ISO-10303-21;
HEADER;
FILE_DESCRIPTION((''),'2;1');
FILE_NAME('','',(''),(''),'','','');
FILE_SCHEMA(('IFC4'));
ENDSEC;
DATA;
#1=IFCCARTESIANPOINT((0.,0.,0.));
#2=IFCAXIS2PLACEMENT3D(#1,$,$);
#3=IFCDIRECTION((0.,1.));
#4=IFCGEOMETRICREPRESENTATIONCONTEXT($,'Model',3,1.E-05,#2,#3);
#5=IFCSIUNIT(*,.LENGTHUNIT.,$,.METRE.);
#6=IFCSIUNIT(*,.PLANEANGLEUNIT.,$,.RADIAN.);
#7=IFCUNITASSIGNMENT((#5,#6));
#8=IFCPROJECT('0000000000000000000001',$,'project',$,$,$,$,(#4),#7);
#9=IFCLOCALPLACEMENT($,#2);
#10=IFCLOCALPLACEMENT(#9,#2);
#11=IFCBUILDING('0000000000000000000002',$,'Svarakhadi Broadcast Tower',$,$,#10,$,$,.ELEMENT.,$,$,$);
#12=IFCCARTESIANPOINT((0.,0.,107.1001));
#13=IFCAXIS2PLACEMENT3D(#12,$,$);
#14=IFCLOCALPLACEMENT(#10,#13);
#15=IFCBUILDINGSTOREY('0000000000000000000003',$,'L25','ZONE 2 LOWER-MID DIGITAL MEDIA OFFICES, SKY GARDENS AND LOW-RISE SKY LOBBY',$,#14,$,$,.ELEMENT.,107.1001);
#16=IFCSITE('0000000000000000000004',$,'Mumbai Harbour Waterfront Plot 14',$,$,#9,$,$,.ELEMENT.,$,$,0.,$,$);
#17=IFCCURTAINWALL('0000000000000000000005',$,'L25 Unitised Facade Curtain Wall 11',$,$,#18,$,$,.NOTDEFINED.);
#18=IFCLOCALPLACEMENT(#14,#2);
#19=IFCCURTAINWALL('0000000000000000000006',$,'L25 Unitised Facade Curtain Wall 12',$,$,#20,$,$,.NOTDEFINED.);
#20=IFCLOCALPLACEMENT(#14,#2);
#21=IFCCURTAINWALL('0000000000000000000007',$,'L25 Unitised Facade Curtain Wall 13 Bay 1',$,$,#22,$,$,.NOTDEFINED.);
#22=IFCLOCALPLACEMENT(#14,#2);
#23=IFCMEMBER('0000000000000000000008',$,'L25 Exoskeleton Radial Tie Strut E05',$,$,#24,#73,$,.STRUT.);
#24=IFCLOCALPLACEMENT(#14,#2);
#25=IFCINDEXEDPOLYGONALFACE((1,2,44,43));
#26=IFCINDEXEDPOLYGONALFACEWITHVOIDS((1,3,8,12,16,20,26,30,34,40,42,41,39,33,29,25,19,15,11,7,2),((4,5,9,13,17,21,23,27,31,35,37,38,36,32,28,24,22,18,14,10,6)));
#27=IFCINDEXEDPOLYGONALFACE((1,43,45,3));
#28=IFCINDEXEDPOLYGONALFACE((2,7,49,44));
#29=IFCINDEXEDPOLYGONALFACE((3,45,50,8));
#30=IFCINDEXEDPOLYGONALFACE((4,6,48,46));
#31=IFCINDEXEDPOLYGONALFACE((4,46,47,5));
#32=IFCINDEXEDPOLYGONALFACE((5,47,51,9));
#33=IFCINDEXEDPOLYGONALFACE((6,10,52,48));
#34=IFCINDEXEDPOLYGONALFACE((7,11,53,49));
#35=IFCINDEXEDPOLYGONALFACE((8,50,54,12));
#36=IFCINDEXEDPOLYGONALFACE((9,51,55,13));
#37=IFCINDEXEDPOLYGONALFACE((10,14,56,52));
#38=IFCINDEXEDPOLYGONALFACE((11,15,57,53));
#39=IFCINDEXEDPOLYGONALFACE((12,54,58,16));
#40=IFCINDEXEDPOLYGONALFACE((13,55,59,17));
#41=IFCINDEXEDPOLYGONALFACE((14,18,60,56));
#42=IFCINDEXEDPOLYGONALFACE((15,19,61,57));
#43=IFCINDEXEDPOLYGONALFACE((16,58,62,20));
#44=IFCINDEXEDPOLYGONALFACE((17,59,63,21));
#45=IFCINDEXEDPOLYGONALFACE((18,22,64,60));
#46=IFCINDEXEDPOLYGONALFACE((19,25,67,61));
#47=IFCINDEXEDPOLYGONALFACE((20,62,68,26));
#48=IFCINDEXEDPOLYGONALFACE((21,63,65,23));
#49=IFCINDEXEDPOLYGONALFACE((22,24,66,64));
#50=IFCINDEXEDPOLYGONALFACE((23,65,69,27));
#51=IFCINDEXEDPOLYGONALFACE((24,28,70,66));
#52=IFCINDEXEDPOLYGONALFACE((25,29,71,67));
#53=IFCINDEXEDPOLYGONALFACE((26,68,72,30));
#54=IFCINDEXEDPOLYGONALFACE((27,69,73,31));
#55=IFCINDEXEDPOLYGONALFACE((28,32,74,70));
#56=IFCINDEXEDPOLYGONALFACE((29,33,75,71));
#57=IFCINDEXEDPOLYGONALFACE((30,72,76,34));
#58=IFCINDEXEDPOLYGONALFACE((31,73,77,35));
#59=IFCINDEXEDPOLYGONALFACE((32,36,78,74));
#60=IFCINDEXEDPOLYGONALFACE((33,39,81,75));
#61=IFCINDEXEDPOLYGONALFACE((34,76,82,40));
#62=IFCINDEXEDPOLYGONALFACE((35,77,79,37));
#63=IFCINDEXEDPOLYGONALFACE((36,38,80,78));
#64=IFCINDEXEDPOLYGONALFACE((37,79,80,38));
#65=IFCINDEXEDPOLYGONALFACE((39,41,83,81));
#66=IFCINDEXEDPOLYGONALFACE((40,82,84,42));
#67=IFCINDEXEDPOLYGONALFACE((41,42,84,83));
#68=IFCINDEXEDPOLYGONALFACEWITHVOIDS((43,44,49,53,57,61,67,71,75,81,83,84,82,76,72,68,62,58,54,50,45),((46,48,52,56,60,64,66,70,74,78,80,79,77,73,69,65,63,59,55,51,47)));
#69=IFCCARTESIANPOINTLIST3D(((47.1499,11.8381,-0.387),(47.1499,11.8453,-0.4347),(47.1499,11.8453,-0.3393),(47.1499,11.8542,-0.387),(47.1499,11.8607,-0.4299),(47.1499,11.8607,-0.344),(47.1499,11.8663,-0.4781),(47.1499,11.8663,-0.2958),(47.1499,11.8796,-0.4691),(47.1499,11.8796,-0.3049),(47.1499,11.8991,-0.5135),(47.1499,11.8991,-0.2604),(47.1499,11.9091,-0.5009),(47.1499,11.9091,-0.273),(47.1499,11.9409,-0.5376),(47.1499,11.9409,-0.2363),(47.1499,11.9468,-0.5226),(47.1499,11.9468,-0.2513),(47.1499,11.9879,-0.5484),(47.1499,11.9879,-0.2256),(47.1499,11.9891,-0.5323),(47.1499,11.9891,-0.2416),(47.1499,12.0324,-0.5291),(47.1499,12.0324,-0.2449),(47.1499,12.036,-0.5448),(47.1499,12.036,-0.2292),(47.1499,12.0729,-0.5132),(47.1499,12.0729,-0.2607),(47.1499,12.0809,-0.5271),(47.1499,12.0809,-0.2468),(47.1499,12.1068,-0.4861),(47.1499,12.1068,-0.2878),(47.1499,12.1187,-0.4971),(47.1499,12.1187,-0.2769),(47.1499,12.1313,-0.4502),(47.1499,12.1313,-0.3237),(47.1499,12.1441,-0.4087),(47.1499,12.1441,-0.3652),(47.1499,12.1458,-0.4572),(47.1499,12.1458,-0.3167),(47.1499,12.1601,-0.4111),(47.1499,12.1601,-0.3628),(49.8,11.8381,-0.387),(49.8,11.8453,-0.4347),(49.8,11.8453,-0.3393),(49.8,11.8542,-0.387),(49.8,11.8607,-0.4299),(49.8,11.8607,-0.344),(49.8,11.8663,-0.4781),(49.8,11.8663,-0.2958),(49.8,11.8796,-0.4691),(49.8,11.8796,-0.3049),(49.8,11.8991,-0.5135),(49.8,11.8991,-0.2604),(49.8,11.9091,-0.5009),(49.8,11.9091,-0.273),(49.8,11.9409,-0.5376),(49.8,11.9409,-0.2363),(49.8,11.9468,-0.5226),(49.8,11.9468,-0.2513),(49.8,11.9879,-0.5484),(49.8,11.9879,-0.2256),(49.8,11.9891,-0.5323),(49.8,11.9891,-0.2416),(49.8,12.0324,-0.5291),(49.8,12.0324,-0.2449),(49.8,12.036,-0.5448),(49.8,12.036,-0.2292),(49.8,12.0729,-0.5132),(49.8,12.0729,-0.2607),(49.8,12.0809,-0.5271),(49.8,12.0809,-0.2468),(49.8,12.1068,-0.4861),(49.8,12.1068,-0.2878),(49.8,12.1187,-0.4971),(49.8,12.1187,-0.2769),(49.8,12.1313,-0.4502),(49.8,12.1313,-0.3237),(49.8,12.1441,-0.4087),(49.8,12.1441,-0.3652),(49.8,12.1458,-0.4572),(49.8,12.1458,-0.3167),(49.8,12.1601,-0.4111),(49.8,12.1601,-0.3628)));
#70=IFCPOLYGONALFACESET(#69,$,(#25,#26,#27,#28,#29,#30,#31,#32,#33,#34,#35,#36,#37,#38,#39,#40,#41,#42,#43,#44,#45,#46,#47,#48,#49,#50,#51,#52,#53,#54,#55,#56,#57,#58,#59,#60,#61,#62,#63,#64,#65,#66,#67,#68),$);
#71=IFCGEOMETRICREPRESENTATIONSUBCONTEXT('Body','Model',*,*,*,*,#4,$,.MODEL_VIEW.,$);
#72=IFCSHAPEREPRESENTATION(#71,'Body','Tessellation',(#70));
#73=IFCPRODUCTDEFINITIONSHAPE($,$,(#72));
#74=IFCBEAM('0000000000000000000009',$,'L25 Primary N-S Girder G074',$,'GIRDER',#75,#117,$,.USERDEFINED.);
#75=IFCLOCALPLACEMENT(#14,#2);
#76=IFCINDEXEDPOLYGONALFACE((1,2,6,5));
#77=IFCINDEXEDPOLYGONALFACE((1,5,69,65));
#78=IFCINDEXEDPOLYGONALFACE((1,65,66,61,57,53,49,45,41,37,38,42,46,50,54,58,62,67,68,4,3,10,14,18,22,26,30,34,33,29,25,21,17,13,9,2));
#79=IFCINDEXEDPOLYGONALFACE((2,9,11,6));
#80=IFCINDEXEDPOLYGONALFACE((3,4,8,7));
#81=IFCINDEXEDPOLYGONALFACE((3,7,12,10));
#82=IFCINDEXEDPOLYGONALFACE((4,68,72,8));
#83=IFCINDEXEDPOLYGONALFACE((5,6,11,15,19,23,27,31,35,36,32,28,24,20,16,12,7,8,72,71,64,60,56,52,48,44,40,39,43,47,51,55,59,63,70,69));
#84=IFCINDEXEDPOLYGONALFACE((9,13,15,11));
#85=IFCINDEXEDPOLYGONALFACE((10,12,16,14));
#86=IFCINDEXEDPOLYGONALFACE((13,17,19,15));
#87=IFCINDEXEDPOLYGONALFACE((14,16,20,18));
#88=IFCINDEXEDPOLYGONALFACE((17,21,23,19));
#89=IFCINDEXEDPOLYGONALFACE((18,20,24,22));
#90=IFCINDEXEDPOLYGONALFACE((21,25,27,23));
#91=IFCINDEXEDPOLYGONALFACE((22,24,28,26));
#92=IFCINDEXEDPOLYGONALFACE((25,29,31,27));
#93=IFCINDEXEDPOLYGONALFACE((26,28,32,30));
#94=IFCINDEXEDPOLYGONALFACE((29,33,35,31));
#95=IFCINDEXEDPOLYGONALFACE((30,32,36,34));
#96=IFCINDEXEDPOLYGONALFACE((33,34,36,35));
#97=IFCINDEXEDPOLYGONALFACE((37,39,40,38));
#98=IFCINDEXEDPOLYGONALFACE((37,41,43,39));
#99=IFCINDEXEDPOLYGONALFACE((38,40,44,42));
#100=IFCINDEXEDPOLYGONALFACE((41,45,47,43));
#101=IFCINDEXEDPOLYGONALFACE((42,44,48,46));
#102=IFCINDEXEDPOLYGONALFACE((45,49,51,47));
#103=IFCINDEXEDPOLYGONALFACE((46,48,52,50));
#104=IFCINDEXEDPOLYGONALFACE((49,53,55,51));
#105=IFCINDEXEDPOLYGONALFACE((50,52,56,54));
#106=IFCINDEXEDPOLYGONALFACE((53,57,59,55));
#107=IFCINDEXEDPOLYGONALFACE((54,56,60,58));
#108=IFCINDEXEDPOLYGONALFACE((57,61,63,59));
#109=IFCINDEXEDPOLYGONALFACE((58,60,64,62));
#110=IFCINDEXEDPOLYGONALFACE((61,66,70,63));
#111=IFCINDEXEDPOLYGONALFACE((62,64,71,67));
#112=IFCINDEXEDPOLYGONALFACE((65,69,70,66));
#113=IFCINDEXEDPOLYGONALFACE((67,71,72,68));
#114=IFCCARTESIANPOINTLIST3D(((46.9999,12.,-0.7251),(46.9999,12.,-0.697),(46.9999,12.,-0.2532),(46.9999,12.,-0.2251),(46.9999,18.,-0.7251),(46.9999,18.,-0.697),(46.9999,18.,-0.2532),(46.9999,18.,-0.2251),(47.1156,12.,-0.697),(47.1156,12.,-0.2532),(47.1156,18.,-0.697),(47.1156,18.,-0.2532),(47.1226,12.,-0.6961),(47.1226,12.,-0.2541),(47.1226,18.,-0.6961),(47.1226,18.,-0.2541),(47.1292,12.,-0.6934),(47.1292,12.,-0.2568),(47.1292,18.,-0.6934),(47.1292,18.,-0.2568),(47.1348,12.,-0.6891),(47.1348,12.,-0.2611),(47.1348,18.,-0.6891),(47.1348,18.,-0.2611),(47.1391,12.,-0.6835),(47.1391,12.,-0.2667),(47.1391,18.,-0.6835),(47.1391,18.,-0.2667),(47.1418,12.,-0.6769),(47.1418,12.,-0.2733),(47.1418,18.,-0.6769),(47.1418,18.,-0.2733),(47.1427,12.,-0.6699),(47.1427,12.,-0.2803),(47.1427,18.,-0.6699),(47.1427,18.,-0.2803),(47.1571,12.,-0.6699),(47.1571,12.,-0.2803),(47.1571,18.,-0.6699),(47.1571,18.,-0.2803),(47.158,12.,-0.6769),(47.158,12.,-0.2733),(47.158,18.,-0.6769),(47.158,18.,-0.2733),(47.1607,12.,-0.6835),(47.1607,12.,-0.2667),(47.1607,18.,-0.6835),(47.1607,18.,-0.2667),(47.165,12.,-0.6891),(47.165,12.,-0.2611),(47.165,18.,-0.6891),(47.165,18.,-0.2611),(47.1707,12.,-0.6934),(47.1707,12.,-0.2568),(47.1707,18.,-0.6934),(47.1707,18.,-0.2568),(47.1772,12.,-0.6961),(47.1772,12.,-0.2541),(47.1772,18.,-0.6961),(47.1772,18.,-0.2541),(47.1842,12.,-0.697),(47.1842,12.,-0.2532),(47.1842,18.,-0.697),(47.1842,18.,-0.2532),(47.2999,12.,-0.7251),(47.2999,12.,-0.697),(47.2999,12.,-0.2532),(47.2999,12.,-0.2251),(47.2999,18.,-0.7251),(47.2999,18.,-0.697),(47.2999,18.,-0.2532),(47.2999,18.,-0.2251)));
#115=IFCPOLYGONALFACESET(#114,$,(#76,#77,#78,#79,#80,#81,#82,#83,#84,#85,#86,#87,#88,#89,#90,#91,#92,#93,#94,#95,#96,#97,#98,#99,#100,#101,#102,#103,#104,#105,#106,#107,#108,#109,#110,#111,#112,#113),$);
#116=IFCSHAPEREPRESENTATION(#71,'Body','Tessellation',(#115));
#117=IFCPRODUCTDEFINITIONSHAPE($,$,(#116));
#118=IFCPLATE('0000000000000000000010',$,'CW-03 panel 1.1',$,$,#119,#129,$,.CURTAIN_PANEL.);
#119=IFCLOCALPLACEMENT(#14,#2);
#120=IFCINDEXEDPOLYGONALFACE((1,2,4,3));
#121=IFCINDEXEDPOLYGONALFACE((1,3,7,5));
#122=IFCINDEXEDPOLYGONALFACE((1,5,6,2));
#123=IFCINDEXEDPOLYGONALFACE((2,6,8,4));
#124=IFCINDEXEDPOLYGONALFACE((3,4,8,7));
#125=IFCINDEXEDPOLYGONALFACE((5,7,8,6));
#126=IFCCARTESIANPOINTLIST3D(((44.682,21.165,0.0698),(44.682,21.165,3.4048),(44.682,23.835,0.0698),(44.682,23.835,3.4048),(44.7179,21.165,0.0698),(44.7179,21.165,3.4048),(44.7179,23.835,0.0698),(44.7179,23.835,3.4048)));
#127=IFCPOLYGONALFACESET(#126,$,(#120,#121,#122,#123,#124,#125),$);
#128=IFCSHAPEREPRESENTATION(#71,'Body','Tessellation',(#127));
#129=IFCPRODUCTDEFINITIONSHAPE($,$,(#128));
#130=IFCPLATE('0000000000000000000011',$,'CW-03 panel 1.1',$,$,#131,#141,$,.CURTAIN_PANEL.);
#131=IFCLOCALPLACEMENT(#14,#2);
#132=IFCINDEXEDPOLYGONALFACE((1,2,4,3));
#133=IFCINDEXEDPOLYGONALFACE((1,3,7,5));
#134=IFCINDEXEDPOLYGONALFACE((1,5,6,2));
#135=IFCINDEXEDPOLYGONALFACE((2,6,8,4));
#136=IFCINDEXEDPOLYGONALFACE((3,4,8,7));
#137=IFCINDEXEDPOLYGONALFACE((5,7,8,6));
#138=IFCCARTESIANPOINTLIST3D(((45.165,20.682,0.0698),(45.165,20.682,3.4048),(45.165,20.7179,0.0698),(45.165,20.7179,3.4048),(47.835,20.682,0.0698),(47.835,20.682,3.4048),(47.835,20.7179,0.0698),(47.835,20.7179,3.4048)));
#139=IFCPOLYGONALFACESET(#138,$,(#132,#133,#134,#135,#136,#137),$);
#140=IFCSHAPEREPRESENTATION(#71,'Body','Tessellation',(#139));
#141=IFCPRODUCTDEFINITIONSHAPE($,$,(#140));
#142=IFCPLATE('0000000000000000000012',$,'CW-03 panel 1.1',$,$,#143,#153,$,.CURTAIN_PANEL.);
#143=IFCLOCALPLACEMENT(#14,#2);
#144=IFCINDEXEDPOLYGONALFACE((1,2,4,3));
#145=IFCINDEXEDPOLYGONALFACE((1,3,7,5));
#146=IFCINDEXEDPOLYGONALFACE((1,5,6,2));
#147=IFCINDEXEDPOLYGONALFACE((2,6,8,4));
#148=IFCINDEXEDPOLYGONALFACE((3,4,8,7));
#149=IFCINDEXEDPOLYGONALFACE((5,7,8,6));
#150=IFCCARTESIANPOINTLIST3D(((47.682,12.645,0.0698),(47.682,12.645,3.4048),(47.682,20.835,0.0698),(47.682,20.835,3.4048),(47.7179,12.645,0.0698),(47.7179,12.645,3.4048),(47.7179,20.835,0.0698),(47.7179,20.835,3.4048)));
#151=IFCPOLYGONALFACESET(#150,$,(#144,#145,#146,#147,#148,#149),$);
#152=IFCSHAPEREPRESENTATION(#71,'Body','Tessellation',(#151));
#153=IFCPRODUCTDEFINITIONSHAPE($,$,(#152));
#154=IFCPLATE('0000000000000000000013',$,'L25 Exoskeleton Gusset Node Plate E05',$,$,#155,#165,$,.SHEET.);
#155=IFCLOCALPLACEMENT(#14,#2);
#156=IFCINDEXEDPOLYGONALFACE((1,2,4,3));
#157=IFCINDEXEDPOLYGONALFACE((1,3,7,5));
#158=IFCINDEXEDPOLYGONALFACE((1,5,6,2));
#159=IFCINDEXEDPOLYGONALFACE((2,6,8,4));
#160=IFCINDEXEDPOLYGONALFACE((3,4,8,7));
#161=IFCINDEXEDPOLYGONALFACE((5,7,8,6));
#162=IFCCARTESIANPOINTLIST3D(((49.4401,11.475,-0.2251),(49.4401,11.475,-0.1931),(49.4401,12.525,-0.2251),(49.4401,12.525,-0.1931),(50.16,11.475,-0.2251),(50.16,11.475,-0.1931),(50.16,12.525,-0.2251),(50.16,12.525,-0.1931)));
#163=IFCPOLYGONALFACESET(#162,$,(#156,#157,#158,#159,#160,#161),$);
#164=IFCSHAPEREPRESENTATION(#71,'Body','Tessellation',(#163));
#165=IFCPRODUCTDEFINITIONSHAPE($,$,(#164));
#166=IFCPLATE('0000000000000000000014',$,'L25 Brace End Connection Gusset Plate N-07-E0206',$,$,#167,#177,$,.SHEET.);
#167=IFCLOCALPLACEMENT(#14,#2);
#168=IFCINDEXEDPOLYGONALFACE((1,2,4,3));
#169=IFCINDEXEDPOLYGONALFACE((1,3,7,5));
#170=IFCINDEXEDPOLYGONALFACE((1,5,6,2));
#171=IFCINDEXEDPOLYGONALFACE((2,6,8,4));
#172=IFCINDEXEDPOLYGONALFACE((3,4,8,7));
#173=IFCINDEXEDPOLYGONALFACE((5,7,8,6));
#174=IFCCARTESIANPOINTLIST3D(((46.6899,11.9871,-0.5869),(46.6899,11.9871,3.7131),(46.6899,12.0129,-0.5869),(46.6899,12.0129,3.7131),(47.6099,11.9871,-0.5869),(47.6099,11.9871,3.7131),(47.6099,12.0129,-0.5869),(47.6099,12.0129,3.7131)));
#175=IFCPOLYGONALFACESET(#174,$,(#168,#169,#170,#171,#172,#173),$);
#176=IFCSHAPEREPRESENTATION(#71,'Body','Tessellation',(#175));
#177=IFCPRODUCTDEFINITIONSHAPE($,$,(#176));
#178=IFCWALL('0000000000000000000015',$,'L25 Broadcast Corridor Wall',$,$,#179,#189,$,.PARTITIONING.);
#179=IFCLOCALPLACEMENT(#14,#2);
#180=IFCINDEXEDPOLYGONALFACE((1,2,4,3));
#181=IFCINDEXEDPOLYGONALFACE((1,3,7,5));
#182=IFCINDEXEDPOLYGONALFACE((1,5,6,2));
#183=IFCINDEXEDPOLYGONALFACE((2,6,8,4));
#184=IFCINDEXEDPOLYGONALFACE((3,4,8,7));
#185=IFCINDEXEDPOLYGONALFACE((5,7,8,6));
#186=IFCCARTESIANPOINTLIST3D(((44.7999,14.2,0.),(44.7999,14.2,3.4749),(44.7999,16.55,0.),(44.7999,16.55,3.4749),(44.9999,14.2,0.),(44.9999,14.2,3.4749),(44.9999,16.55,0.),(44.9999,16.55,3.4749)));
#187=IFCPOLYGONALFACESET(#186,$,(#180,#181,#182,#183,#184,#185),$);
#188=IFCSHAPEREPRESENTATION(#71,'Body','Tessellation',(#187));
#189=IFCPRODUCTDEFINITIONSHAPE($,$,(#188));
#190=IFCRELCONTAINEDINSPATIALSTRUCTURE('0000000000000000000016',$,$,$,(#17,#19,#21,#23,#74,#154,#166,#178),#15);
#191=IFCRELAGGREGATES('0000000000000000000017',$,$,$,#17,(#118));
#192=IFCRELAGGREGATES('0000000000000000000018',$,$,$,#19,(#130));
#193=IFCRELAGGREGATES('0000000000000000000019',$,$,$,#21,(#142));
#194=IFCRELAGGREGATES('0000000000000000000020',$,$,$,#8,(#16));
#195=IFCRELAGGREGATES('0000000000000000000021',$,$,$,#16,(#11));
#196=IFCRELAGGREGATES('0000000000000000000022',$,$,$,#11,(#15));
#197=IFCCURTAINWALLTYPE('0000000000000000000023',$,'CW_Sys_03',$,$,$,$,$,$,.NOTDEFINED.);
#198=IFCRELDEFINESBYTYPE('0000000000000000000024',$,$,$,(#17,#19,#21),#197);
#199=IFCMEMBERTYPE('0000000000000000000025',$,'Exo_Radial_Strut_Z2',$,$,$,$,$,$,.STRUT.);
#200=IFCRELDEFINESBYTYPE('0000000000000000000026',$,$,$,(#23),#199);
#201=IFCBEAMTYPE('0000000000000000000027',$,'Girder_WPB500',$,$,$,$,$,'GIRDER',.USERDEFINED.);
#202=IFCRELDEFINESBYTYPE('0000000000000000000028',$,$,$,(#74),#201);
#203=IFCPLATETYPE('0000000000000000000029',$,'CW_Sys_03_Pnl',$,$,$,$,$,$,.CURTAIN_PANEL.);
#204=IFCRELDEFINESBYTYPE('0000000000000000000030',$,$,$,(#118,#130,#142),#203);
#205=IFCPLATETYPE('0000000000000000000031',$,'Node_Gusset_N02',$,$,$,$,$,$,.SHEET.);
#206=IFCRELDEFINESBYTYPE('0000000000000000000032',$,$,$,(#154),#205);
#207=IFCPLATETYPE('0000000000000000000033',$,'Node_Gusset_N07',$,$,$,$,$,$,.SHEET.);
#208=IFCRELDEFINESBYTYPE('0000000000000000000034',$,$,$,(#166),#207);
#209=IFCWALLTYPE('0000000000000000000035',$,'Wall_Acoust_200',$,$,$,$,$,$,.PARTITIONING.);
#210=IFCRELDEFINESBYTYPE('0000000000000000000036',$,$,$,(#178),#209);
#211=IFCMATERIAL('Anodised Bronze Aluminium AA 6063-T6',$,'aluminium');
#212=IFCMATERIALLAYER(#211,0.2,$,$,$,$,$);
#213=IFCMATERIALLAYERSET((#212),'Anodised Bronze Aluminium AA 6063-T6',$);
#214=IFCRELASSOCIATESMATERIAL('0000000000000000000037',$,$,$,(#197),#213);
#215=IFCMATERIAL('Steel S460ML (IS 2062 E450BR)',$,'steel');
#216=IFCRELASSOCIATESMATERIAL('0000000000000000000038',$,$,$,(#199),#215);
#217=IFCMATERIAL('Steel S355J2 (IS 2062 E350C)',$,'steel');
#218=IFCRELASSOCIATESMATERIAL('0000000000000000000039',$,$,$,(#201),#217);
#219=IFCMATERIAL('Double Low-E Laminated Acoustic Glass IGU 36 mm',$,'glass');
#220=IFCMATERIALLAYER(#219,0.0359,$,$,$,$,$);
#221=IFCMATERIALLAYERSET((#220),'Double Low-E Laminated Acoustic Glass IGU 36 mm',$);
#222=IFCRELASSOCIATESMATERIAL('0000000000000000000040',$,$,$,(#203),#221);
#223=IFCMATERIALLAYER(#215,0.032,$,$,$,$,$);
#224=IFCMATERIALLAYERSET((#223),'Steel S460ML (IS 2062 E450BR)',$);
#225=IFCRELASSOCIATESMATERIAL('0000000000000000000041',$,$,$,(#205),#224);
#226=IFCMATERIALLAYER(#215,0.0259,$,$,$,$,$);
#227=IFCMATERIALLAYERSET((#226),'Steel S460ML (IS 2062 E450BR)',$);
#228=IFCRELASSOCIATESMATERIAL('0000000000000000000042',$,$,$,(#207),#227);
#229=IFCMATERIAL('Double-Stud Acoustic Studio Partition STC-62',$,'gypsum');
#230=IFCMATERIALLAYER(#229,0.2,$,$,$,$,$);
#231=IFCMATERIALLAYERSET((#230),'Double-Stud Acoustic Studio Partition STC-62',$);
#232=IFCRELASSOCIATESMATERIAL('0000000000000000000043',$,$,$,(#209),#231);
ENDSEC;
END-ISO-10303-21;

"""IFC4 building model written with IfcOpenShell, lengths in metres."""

from ifc_helpers import new_model, si_unit, direction, frame, frame_2d, origin, origin_2d, place, context, subcontext, project, spatial, rectangle, hollow_circle, i_section, extrude, material, layer, layer_set, material_profile, profile_set, type_object, element, aggregate, save


model = new_model("IFC4")

# Units and contexts
model_context = context("Model", 3, precision=1e-05, world=origin(), true_north=direction((0.0, 1.0)))
body_context = subcontext(model_context, "Body", "Model", "MODEL_VIEW")
ifc_project = project(units=[si_unit("LENGTHUNIT", "METRE"), si_unit("PLANEANGLEUNIT", "RADIAN")], contexts=[model_context])

# Site, building, storey
site_placement = place(None, origin())
site = spatial("IfcSite", under=ifc_project, at=site_placement, Name="Mumbai Harbour Waterfront Plot 14", CompositionType="ELEMENT", RefElevation=0.0)
building_placement = place(site_placement, origin())
building = spatial("IfcBuilding", under=site, at=building_placement, Name="Svarakhadi Broadcast Tower", CompositionType="ELEMENT")
storey_placement = place(building_placement, frame((0.0, 0.0, 107.1001)))
storey = spatial("IfcBuildingStorey", under=building, at=storey_placement, Name="L25", Description="ZONE 2 LOWER-MID DIGITAL MEDIA OFFICES, SKY GARDENS AND LOW-RISE SKY LOBBY", CompositionType="ELEMENT", Elevation=107.1001)

# Shared definitions
ifc_material_1 = material(Name="Steel S460ML (IS 2062 E450BR)", Category="steel")

# Shared definitions
ifc_material_2 = material(Name="Anodised Bronze Aluminium AA 6063-T6", Category="aluminium")
ifc_layer_1 = layer(ifc_material_2, 0.2)
ifc_layer_set_1 = layer_set([ifc_layer_1], Name="Anodised Bronze Aluminium AA 6063-T6")
curtain_wall_type = type_object("IfcCurtainWallType", Name="CW_Sys_03", PredefinedType="NOTDEFINED", material=ifc_layer_set_1)

# Curtain walls
curtain_wall_1_placement = place(storey_placement, origin())
curtain_wall_1 = element("IfcCurtainWall", 1, at=curtain_wall_1_placement, inside=storey, type_object=curtain_wall_type, Name="L25 Unitised Facade Curtain Wall 11", PredefinedType="NOTDEFINED")
curtain_wall_2_placement = place(storey_placement, origin())
curtain_wall_2 = element("IfcCurtainWall", 2, at=curtain_wall_2_placement, inside=storey, type_object=curtain_wall_type, Name="L25 Unitised Facade Curtain Wall 12", PredefinedType="NOTDEFINED")
curtain_wall_3_placement = place(storey_placement, origin())
curtain_wall_3 = element("IfcCurtainWall", 3, at=curtain_wall_3_placement, inside=storey, type_object=curtain_wall_type, Name="L25 Unitised Facade Curtain Wall 13 Bay 1", PredefinedType="NOTDEFINED")

# Member
ifc_material_profile_1 = material_profile(ifc_material_1, hollow_circle(Radius=0.1619, WallThickness=0.0161, at=origin_2d()), Name="CHS 323.9x16")
ifc_profile_set_1 = profile_set([ifc_material_profile_1], Name="Steel S460ML (IS 2062 E450BR)")
member_type_1 = type_object("IfcMemberType", Name="Exo_Radial_Strut_Z2", PredefinedType="STRUT", material=ifc_profile_set_1)
member_1_placement = place(storey_placement, frame((49.8, 12.0, -0.387), z_axis=(-1.0, 0.0, 0.0), x_axis=(0.0, -1.0, 0.0)))
element("IfcMember", 4, at=member_1_placement, inside=storey, type_object=member_type_1, Name="L25 Exoskeleton Radial Tie Strut E05", PredefinedType="STRUT", context=body_context, shape_type="SweptSolid", body=[
    extrude(hollow_circle(Radius=0.1619, WallThickness=0.0161, at=origin_2d()), origin(), (0.0, 0.0, 1.0), 2.6501),
])

# Beam
ifc_material_3 = material(Name="Steel S355J2 (IS 2062 E350C)", Category="steel")
ifc_material_profile_2 = material_profile(ifc_material_3, i_section(OverallWidth=0.3, OverallDepth=0.5, WebThickness=0.0144, FlangeThickness=0.0281, FilletRadius=0.0271, at=origin_2d()), Name="WPB 500x300x187")
ifc_profile_set_2 = profile_set([ifc_material_profile_2], Name="Steel S355J2 (IS 2062 E350C)")
beam_type = type_object("IfcBeamType", Name="Girder_WPB500", ElementType="GIRDER", PredefinedType="USERDEFINED", material=ifc_profile_set_2)
beam_placement = place(storey_placement, frame((47.1499, 12.0, -0.4751), z_axis=(0.0, 1.0, 0.0), x_axis=(-1.0, 0.0, 0.0)))
element("IfcBeam", 5, at=beam_placement, inside=storey, type_object=beam_type, Name="L25 Primary N-S Girder G074", ObjectType="GIRDER", PredefinedType="USERDEFINED", context=body_context, shape_type="SweptSolid", body=[
    extrude(i_section(OverallWidth=0.3, OverallDepth=0.5, WebThickness=0.0144, FlangeThickness=0.0281, FilletRadius=0.0271, at=origin_2d()), origin(), (0.0, 0.0, 1.0), 6.0),
])

# Plates
ifc_material_4 = material(Name="Double Low-E Laminated Acoustic Glass IGU 36 mm", Category="glass")
ifc_layer_2 = layer(ifc_material_4, 0.0359)
ifc_layer_set_2 = layer_set([ifc_layer_2], Name="Double Low-E Laminated Acoustic Glass IGU 36 mm")
plate_type_1 = type_object("IfcPlateType", Name="CW_Sys_03_Pnl", PredefinedType="CURTAIN_PANEL", material=ifc_layer_set_2)
plate_1_placement = place(storey_placement, frame((44.7, 22.5, 0.0698), z_axis=(0.0, 0.0, 1.0), x_axis=(0.0, -1.0, 0.0)))
plate_1 = element("IfcPlate", 6, at=plate_1_placement, type_object=plate_type_1, Name="CW-03 panel 1.1", PredefinedType="CURTAIN_PANEL", context=body_context, shape_type="SweptSolid", body=[
    extrude(rectangle(XDim=2.6699, YDim=0.0359, at=origin_2d()), origin(), (0.0, 0.0, 1.0), 3.335),
])
aggregate(curtain_wall_1, [plate_1])
plate_2_placement = place(storey_placement, frame((46.5, 20.7, 0.0698), z_axis=(0.0, 0.0, 1.0), x_axis=(1.0, 0.0, 0.0)))
plate_2 = element("IfcPlate", 7, at=plate_2_placement, type_object=plate_type_1, Name="CW-03 panel 1.1", PredefinedType="CURTAIN_PANEL", context=body_context, shape_type="SweptSolid", body=[
    extrude(rectangle(XDim=2.6699, YDim=0.0359, at=origin_2d()), origin(), (0.0, 0.0, 1.0), 3.335),
])
aggregate(curtain_wall_2, [plate_2])
plate_3_placement = place(storey_placement, frame((47.7, 16.74, 0.0698), z_axis=(0.0, 0.0, 1.0), x_axis=(0.0, -1.0, 0.0)))
plate_3 = element("IfcPlate", 8, at=plate_3_placement, type_object=plate_type_1, Name="CW-03 panel 1.1", PredefinedType="CURTAIN_PANEL", context=body_context, shape_type="SweptSolid", body=[
    extrude(rectangle(XDim=8.1899, YDim=0.0359, at=origin_2d()), origin(), (0.0, 0.0, 1.0), 3.335),
])
aggregate(curtain_wall_3, [plate_3])

# Plates
ifc_layer_3 = layer(ifc_material_1, 0.032)
ifc_layer_set_3 = layer_set([ifc_layer_3], Name="Steel S460ML (IS 2062 E450BR)")
plate_type_2 = type_object("IfcPlateType", Name="Node_Gusset_N02", PredefinedType="SHEET", material=ifc_layer_set_3)
plate_4_placement = place(storey_placement, frame((49.8, 12.0, -0.2251), z_axis=(0.0, 0.0, 1.0), x_axis=(0.0, 1.0, 0.0)))
element("IfcPlate", 9, at=plate_4_placement, inside=storey, type_object=plate_type_2, Name="L25 Exoskeleton Gusset Node Plate E05", PredefinedType="SHEET", context=body_context, shape_type="SweptSolid", body=[
    extrude(rectangle(XDim=1.05, YDim=0.72, at=origin_2d()), origin(), (0.0, 0.0, 1.0), 0.032),
])
ifc_layer_4 = layer(ifc_material_1, 0.0259)
ifc_layer_set_4 = layer_set([ifc_layer_4], Name="Steel S460ML (IS 2062 E450BR)")
plate_type_3 = type_object("IfcPlateType", Name="Node_Gusset_N07", PredefinedType="SHEET", material=ifc_layer_set_4)
plate_5_placement = place(storey_placement, frame((47.1499, 12.0, -0.5869), z_axis=(0.0, 0.0, 1.0), x_axis=(1.0, 0.0, 0.0)))
element("IfcPlate", 10, at=plate_5_placement, inside=storey, type_object=plate_type_3, Name="L25 Brace End Connection Gusset Plate N-07-E0206", PredefinedType="SHEET", context=body_context, shape_type="SweptSolid", body=[
    extrude(rectangle(XDim=0.9199, YDim=0.0259, at=origin_2d()), origin(), (0.0, 0.0, 1.0), 4.3),
])

# Wall
ifc_material_5 = material(Name="Double-Stud Acoustic Studio Partition STC-62", Category="gypsum")
ifc_layer_5 = layer(ifc_material_5, 0.2)
ifc_layer_set_5 = layer_set([ifc_layer_5], Name="Double-Stud Acoustic Studio Partition STC-62")
wall_type_1 = type_object("IfcWallType", Name="Wall_Acoust_200", PredefinedType="PARTITIONING", material=ifc_layer_set_5)
wall_1_placement = place(storey_placement, frame((44.8999, 16.55, 0.0), z_axis=(0.0, 0.0, 1.0), x_axis=(0.0, -1.0, 0.0)))
element("IfcWall", 11, at=wall_1_placement, inside=storey, type_object=wall_type_1, Name="L25 Broadcast Corridor Wall", PredefinedType="PARTITIONING", context=body_context, shape_type="SweptSolid", body=[
    extrude(rectangle(XDim=2.3501, YDim=0.2, at=frame_2d((1.175, 0.0))), origin(), (0.0, 0.0, 1.0), 3.4749),
])

save(model, "model.ifc")
